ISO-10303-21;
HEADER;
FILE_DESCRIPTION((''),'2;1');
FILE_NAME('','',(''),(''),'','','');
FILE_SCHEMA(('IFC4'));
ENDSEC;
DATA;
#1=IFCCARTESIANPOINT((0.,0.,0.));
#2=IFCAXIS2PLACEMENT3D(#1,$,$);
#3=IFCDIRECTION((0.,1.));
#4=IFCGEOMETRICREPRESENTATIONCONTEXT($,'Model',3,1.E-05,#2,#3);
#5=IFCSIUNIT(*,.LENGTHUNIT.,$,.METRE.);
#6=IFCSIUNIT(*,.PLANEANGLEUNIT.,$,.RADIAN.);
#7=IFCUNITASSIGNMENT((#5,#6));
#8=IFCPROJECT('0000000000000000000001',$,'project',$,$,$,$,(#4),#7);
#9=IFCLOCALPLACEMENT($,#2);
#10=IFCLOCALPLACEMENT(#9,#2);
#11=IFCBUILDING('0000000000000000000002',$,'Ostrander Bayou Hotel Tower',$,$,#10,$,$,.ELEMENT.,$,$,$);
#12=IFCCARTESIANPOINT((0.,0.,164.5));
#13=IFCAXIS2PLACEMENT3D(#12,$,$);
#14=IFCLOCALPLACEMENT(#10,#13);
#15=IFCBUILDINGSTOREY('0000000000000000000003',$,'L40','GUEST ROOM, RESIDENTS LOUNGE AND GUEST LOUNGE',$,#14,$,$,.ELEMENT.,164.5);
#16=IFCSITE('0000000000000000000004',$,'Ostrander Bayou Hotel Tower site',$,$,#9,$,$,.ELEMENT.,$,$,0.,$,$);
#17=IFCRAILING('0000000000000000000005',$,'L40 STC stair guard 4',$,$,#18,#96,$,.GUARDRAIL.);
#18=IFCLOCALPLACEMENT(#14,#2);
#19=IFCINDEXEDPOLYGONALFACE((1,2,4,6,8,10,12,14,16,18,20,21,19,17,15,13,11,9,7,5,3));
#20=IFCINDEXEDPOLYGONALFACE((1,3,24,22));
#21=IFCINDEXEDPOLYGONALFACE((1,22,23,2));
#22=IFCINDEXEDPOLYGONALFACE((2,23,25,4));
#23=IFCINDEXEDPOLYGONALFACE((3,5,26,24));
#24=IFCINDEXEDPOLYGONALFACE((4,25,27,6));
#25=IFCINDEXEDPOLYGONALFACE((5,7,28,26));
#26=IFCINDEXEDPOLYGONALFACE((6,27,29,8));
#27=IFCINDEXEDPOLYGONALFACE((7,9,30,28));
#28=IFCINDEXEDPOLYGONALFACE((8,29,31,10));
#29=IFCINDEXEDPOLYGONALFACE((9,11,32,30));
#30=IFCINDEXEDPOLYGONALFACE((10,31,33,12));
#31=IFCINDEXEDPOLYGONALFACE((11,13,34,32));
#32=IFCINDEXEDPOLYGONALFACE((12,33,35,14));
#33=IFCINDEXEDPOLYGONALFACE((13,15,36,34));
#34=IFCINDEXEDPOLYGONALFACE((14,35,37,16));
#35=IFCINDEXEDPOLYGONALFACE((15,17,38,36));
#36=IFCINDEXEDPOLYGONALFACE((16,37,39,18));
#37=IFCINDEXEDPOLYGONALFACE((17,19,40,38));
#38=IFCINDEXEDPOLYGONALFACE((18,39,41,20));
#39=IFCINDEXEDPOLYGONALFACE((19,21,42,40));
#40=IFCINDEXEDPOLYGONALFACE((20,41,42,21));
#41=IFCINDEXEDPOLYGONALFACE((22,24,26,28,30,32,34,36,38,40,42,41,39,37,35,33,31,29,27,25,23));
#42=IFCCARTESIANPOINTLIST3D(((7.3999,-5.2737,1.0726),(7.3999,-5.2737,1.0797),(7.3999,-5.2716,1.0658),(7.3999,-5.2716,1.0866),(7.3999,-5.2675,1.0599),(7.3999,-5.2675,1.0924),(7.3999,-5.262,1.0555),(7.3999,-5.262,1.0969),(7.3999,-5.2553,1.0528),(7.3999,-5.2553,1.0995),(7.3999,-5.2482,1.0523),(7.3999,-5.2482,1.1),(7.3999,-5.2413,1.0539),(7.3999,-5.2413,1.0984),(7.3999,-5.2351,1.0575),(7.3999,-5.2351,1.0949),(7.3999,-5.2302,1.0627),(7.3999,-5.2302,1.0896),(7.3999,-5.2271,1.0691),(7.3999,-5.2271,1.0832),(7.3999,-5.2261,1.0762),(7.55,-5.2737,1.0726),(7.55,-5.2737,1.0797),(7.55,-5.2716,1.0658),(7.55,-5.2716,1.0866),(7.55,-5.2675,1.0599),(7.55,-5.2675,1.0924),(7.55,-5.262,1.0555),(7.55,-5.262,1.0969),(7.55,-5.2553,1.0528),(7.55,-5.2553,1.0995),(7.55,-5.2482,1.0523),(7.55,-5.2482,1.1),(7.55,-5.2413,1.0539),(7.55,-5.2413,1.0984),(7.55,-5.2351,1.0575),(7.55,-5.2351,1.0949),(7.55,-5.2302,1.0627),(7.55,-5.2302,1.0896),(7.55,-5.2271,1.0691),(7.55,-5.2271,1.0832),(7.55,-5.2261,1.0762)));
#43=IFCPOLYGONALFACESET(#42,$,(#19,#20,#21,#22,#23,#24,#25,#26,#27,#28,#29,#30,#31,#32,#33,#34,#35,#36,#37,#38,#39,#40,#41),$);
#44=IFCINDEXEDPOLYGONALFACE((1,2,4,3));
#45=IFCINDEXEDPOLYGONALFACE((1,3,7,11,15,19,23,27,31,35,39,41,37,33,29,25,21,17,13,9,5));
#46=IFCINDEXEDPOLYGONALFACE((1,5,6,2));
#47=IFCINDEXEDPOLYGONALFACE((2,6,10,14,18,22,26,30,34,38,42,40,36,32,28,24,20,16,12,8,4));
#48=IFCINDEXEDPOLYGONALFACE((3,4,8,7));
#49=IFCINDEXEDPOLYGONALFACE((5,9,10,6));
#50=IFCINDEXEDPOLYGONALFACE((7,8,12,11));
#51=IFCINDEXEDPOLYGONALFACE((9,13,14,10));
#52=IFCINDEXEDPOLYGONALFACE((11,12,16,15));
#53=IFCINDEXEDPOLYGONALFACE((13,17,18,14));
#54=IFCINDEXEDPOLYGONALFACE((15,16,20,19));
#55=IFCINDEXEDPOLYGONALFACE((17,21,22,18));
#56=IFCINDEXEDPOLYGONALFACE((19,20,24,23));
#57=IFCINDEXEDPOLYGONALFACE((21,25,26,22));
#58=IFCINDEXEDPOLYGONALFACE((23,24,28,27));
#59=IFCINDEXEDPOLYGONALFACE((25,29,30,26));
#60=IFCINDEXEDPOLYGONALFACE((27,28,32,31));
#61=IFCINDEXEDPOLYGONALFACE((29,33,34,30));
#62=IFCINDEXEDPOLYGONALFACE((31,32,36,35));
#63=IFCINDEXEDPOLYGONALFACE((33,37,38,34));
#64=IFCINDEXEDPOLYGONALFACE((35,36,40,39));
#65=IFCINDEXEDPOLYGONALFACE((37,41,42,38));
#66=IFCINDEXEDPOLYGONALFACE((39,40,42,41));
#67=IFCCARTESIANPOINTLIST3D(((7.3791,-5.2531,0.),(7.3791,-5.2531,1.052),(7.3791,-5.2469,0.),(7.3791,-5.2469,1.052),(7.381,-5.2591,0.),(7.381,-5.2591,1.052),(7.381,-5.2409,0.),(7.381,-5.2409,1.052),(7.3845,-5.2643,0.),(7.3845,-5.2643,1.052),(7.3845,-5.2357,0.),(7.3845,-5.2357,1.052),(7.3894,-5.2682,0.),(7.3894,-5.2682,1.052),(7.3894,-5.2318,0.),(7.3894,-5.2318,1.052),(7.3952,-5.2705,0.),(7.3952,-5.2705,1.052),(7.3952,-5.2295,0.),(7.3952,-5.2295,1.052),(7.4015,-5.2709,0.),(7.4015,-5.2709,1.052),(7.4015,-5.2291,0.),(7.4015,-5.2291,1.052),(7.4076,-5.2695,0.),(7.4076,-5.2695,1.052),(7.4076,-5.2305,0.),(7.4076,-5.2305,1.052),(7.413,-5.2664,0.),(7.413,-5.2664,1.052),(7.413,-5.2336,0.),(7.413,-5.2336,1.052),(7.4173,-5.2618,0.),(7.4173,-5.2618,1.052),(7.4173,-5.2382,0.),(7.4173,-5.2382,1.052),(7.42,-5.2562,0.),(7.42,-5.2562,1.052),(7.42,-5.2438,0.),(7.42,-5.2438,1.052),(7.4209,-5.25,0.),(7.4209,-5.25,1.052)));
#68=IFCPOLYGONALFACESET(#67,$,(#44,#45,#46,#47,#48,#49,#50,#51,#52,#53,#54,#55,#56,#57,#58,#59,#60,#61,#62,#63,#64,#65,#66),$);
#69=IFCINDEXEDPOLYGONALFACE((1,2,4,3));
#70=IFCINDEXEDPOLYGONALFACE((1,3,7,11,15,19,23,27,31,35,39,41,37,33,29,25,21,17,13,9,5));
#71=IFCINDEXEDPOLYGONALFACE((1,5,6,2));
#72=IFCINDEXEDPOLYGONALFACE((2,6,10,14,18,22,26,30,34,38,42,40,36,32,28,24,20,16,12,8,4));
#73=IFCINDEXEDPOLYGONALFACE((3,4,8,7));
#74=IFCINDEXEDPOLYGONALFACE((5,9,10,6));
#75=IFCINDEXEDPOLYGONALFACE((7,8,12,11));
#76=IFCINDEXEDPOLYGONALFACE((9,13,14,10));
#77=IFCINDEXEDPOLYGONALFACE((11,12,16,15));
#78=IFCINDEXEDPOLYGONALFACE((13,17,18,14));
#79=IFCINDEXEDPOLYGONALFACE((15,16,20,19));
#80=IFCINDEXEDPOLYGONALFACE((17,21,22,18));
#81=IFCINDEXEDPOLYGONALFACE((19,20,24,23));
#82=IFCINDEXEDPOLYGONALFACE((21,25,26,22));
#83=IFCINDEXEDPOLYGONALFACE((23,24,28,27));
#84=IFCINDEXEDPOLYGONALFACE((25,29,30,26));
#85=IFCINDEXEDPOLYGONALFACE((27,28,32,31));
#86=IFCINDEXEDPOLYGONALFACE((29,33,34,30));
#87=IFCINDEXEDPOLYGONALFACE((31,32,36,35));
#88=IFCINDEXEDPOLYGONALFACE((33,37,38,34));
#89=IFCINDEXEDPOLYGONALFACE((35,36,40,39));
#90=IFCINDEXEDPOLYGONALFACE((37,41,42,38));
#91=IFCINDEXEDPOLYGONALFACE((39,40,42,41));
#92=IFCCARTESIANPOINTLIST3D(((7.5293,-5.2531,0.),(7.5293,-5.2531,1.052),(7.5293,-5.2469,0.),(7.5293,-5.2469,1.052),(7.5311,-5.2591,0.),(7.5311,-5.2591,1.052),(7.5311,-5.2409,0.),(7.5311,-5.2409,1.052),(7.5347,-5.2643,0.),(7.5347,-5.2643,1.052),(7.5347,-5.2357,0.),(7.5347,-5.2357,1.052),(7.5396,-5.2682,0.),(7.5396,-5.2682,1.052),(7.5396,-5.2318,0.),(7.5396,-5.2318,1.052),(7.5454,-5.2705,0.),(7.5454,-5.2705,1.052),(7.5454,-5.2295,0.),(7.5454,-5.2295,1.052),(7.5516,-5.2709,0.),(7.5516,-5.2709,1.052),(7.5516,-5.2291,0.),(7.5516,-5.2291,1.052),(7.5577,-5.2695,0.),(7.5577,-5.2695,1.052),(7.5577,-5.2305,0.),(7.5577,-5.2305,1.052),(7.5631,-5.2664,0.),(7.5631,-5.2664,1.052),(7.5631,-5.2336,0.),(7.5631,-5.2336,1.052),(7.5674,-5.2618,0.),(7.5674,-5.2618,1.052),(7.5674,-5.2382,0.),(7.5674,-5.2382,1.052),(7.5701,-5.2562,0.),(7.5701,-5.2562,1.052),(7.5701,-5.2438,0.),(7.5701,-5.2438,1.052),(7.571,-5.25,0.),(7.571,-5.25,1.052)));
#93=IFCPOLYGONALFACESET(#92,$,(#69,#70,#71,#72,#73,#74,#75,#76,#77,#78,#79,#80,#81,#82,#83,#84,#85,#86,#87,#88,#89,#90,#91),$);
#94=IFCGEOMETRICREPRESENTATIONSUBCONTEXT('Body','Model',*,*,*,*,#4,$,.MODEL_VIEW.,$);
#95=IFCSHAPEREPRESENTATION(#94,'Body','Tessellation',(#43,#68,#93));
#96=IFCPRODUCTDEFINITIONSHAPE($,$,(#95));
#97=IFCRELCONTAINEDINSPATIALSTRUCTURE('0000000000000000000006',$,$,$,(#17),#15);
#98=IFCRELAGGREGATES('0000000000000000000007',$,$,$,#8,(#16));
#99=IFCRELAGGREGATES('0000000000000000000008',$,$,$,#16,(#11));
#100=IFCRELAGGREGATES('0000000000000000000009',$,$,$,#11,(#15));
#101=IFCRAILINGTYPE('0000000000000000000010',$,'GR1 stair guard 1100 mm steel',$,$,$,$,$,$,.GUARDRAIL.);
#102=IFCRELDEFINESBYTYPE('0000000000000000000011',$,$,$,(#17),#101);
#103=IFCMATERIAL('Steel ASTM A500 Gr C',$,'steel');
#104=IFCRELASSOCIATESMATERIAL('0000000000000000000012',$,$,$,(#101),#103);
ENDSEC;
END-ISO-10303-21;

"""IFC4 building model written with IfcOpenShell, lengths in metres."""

from ifc_helpers import new_model, si_unit, direction, frame, origin, origin_2d, place, context, subcontext, project, spatial, circle, extrude, material, type_object, element, save


model = new_model("IFC4")

# Units and contexts
model_context = context("Model", 3, precision=1e-05, world=origin(), true_north=direction((0.0, 1.0)))
body_context = subcontext(model_context, "Body", "Model", "MODEL_VIEW")
ifc_project = project(units=[si_unit("LENGTHUNIT", "METRE"), si_unit("PLANEANGLEUNIT", "RADIAN")], contexts=[model_context])

# Site, building, storey
site_placement = place(None, origin())
site = spatial("IfcSite", under=ifc_project, at=site_placement, Name="Ostrander Bayou Hotel Tower site", CompositionType="ELEMENT", RefElevation=0.0)
building_placement = place(site_placement, origin())
building = spatial("IfcBuilding", under=site, at=building_placement, Name="Ostrander Bayou Hotel Tower", CompositionType="ELEMENT")
storey_placement = place(building_placement, frame((0.0, 0.0, 164.5)))
storey = spatial("IfcBuildingStorey", under=building, at=storey_placement, Name="L40", Description="GUEST ROOM, RESIDENTS LOUNGE AND GUEST LOUNGE", CompositionType="ELEMENT", Elevation=164.5)

# Railing
ifc_material_1 = material(Name="Steel ASTM A500 Gr C", Category="steel")
railing_type_1 = type_object("IfcRailingType", Name="GR1 stair guard 1100 mm steel", PredefinedType="GUARDRAIL", material=ifc_material_1)
railing_1_placement = place(storey_placement, frame((7.3999, -5.25, 0.0)))
element("IfcRailing", 1, at=railing_1_placement, inside=storey, type_object=railing_type_1, Name="L40 STC stair guard 4", PredefinedType="GUARDRAIL", context=body_context, shape_type="SweptSolid", body=[
    extrude(circle(Radius=0.0239, at=origin_2d()), frame((0.0, 0.0, 1.0762), z_axis=(1.0, 0.0, 0.0), x_axis=(0.0, 1.0, 0.0)), (0.0, 0.0, 1.0), 0.1501),
    extrude(circle(Radius=0.021, at=origin_2d()), origin(), (0.0, 0.0, 1.0), 1.052),
    extrude(circle(Radius=0.021, at=origin_2d()), frame((0.1501, 0.0, 0.0)), (0.0, 0.0, 1.0), 1.052),
])

save(model, "model.ifc")
